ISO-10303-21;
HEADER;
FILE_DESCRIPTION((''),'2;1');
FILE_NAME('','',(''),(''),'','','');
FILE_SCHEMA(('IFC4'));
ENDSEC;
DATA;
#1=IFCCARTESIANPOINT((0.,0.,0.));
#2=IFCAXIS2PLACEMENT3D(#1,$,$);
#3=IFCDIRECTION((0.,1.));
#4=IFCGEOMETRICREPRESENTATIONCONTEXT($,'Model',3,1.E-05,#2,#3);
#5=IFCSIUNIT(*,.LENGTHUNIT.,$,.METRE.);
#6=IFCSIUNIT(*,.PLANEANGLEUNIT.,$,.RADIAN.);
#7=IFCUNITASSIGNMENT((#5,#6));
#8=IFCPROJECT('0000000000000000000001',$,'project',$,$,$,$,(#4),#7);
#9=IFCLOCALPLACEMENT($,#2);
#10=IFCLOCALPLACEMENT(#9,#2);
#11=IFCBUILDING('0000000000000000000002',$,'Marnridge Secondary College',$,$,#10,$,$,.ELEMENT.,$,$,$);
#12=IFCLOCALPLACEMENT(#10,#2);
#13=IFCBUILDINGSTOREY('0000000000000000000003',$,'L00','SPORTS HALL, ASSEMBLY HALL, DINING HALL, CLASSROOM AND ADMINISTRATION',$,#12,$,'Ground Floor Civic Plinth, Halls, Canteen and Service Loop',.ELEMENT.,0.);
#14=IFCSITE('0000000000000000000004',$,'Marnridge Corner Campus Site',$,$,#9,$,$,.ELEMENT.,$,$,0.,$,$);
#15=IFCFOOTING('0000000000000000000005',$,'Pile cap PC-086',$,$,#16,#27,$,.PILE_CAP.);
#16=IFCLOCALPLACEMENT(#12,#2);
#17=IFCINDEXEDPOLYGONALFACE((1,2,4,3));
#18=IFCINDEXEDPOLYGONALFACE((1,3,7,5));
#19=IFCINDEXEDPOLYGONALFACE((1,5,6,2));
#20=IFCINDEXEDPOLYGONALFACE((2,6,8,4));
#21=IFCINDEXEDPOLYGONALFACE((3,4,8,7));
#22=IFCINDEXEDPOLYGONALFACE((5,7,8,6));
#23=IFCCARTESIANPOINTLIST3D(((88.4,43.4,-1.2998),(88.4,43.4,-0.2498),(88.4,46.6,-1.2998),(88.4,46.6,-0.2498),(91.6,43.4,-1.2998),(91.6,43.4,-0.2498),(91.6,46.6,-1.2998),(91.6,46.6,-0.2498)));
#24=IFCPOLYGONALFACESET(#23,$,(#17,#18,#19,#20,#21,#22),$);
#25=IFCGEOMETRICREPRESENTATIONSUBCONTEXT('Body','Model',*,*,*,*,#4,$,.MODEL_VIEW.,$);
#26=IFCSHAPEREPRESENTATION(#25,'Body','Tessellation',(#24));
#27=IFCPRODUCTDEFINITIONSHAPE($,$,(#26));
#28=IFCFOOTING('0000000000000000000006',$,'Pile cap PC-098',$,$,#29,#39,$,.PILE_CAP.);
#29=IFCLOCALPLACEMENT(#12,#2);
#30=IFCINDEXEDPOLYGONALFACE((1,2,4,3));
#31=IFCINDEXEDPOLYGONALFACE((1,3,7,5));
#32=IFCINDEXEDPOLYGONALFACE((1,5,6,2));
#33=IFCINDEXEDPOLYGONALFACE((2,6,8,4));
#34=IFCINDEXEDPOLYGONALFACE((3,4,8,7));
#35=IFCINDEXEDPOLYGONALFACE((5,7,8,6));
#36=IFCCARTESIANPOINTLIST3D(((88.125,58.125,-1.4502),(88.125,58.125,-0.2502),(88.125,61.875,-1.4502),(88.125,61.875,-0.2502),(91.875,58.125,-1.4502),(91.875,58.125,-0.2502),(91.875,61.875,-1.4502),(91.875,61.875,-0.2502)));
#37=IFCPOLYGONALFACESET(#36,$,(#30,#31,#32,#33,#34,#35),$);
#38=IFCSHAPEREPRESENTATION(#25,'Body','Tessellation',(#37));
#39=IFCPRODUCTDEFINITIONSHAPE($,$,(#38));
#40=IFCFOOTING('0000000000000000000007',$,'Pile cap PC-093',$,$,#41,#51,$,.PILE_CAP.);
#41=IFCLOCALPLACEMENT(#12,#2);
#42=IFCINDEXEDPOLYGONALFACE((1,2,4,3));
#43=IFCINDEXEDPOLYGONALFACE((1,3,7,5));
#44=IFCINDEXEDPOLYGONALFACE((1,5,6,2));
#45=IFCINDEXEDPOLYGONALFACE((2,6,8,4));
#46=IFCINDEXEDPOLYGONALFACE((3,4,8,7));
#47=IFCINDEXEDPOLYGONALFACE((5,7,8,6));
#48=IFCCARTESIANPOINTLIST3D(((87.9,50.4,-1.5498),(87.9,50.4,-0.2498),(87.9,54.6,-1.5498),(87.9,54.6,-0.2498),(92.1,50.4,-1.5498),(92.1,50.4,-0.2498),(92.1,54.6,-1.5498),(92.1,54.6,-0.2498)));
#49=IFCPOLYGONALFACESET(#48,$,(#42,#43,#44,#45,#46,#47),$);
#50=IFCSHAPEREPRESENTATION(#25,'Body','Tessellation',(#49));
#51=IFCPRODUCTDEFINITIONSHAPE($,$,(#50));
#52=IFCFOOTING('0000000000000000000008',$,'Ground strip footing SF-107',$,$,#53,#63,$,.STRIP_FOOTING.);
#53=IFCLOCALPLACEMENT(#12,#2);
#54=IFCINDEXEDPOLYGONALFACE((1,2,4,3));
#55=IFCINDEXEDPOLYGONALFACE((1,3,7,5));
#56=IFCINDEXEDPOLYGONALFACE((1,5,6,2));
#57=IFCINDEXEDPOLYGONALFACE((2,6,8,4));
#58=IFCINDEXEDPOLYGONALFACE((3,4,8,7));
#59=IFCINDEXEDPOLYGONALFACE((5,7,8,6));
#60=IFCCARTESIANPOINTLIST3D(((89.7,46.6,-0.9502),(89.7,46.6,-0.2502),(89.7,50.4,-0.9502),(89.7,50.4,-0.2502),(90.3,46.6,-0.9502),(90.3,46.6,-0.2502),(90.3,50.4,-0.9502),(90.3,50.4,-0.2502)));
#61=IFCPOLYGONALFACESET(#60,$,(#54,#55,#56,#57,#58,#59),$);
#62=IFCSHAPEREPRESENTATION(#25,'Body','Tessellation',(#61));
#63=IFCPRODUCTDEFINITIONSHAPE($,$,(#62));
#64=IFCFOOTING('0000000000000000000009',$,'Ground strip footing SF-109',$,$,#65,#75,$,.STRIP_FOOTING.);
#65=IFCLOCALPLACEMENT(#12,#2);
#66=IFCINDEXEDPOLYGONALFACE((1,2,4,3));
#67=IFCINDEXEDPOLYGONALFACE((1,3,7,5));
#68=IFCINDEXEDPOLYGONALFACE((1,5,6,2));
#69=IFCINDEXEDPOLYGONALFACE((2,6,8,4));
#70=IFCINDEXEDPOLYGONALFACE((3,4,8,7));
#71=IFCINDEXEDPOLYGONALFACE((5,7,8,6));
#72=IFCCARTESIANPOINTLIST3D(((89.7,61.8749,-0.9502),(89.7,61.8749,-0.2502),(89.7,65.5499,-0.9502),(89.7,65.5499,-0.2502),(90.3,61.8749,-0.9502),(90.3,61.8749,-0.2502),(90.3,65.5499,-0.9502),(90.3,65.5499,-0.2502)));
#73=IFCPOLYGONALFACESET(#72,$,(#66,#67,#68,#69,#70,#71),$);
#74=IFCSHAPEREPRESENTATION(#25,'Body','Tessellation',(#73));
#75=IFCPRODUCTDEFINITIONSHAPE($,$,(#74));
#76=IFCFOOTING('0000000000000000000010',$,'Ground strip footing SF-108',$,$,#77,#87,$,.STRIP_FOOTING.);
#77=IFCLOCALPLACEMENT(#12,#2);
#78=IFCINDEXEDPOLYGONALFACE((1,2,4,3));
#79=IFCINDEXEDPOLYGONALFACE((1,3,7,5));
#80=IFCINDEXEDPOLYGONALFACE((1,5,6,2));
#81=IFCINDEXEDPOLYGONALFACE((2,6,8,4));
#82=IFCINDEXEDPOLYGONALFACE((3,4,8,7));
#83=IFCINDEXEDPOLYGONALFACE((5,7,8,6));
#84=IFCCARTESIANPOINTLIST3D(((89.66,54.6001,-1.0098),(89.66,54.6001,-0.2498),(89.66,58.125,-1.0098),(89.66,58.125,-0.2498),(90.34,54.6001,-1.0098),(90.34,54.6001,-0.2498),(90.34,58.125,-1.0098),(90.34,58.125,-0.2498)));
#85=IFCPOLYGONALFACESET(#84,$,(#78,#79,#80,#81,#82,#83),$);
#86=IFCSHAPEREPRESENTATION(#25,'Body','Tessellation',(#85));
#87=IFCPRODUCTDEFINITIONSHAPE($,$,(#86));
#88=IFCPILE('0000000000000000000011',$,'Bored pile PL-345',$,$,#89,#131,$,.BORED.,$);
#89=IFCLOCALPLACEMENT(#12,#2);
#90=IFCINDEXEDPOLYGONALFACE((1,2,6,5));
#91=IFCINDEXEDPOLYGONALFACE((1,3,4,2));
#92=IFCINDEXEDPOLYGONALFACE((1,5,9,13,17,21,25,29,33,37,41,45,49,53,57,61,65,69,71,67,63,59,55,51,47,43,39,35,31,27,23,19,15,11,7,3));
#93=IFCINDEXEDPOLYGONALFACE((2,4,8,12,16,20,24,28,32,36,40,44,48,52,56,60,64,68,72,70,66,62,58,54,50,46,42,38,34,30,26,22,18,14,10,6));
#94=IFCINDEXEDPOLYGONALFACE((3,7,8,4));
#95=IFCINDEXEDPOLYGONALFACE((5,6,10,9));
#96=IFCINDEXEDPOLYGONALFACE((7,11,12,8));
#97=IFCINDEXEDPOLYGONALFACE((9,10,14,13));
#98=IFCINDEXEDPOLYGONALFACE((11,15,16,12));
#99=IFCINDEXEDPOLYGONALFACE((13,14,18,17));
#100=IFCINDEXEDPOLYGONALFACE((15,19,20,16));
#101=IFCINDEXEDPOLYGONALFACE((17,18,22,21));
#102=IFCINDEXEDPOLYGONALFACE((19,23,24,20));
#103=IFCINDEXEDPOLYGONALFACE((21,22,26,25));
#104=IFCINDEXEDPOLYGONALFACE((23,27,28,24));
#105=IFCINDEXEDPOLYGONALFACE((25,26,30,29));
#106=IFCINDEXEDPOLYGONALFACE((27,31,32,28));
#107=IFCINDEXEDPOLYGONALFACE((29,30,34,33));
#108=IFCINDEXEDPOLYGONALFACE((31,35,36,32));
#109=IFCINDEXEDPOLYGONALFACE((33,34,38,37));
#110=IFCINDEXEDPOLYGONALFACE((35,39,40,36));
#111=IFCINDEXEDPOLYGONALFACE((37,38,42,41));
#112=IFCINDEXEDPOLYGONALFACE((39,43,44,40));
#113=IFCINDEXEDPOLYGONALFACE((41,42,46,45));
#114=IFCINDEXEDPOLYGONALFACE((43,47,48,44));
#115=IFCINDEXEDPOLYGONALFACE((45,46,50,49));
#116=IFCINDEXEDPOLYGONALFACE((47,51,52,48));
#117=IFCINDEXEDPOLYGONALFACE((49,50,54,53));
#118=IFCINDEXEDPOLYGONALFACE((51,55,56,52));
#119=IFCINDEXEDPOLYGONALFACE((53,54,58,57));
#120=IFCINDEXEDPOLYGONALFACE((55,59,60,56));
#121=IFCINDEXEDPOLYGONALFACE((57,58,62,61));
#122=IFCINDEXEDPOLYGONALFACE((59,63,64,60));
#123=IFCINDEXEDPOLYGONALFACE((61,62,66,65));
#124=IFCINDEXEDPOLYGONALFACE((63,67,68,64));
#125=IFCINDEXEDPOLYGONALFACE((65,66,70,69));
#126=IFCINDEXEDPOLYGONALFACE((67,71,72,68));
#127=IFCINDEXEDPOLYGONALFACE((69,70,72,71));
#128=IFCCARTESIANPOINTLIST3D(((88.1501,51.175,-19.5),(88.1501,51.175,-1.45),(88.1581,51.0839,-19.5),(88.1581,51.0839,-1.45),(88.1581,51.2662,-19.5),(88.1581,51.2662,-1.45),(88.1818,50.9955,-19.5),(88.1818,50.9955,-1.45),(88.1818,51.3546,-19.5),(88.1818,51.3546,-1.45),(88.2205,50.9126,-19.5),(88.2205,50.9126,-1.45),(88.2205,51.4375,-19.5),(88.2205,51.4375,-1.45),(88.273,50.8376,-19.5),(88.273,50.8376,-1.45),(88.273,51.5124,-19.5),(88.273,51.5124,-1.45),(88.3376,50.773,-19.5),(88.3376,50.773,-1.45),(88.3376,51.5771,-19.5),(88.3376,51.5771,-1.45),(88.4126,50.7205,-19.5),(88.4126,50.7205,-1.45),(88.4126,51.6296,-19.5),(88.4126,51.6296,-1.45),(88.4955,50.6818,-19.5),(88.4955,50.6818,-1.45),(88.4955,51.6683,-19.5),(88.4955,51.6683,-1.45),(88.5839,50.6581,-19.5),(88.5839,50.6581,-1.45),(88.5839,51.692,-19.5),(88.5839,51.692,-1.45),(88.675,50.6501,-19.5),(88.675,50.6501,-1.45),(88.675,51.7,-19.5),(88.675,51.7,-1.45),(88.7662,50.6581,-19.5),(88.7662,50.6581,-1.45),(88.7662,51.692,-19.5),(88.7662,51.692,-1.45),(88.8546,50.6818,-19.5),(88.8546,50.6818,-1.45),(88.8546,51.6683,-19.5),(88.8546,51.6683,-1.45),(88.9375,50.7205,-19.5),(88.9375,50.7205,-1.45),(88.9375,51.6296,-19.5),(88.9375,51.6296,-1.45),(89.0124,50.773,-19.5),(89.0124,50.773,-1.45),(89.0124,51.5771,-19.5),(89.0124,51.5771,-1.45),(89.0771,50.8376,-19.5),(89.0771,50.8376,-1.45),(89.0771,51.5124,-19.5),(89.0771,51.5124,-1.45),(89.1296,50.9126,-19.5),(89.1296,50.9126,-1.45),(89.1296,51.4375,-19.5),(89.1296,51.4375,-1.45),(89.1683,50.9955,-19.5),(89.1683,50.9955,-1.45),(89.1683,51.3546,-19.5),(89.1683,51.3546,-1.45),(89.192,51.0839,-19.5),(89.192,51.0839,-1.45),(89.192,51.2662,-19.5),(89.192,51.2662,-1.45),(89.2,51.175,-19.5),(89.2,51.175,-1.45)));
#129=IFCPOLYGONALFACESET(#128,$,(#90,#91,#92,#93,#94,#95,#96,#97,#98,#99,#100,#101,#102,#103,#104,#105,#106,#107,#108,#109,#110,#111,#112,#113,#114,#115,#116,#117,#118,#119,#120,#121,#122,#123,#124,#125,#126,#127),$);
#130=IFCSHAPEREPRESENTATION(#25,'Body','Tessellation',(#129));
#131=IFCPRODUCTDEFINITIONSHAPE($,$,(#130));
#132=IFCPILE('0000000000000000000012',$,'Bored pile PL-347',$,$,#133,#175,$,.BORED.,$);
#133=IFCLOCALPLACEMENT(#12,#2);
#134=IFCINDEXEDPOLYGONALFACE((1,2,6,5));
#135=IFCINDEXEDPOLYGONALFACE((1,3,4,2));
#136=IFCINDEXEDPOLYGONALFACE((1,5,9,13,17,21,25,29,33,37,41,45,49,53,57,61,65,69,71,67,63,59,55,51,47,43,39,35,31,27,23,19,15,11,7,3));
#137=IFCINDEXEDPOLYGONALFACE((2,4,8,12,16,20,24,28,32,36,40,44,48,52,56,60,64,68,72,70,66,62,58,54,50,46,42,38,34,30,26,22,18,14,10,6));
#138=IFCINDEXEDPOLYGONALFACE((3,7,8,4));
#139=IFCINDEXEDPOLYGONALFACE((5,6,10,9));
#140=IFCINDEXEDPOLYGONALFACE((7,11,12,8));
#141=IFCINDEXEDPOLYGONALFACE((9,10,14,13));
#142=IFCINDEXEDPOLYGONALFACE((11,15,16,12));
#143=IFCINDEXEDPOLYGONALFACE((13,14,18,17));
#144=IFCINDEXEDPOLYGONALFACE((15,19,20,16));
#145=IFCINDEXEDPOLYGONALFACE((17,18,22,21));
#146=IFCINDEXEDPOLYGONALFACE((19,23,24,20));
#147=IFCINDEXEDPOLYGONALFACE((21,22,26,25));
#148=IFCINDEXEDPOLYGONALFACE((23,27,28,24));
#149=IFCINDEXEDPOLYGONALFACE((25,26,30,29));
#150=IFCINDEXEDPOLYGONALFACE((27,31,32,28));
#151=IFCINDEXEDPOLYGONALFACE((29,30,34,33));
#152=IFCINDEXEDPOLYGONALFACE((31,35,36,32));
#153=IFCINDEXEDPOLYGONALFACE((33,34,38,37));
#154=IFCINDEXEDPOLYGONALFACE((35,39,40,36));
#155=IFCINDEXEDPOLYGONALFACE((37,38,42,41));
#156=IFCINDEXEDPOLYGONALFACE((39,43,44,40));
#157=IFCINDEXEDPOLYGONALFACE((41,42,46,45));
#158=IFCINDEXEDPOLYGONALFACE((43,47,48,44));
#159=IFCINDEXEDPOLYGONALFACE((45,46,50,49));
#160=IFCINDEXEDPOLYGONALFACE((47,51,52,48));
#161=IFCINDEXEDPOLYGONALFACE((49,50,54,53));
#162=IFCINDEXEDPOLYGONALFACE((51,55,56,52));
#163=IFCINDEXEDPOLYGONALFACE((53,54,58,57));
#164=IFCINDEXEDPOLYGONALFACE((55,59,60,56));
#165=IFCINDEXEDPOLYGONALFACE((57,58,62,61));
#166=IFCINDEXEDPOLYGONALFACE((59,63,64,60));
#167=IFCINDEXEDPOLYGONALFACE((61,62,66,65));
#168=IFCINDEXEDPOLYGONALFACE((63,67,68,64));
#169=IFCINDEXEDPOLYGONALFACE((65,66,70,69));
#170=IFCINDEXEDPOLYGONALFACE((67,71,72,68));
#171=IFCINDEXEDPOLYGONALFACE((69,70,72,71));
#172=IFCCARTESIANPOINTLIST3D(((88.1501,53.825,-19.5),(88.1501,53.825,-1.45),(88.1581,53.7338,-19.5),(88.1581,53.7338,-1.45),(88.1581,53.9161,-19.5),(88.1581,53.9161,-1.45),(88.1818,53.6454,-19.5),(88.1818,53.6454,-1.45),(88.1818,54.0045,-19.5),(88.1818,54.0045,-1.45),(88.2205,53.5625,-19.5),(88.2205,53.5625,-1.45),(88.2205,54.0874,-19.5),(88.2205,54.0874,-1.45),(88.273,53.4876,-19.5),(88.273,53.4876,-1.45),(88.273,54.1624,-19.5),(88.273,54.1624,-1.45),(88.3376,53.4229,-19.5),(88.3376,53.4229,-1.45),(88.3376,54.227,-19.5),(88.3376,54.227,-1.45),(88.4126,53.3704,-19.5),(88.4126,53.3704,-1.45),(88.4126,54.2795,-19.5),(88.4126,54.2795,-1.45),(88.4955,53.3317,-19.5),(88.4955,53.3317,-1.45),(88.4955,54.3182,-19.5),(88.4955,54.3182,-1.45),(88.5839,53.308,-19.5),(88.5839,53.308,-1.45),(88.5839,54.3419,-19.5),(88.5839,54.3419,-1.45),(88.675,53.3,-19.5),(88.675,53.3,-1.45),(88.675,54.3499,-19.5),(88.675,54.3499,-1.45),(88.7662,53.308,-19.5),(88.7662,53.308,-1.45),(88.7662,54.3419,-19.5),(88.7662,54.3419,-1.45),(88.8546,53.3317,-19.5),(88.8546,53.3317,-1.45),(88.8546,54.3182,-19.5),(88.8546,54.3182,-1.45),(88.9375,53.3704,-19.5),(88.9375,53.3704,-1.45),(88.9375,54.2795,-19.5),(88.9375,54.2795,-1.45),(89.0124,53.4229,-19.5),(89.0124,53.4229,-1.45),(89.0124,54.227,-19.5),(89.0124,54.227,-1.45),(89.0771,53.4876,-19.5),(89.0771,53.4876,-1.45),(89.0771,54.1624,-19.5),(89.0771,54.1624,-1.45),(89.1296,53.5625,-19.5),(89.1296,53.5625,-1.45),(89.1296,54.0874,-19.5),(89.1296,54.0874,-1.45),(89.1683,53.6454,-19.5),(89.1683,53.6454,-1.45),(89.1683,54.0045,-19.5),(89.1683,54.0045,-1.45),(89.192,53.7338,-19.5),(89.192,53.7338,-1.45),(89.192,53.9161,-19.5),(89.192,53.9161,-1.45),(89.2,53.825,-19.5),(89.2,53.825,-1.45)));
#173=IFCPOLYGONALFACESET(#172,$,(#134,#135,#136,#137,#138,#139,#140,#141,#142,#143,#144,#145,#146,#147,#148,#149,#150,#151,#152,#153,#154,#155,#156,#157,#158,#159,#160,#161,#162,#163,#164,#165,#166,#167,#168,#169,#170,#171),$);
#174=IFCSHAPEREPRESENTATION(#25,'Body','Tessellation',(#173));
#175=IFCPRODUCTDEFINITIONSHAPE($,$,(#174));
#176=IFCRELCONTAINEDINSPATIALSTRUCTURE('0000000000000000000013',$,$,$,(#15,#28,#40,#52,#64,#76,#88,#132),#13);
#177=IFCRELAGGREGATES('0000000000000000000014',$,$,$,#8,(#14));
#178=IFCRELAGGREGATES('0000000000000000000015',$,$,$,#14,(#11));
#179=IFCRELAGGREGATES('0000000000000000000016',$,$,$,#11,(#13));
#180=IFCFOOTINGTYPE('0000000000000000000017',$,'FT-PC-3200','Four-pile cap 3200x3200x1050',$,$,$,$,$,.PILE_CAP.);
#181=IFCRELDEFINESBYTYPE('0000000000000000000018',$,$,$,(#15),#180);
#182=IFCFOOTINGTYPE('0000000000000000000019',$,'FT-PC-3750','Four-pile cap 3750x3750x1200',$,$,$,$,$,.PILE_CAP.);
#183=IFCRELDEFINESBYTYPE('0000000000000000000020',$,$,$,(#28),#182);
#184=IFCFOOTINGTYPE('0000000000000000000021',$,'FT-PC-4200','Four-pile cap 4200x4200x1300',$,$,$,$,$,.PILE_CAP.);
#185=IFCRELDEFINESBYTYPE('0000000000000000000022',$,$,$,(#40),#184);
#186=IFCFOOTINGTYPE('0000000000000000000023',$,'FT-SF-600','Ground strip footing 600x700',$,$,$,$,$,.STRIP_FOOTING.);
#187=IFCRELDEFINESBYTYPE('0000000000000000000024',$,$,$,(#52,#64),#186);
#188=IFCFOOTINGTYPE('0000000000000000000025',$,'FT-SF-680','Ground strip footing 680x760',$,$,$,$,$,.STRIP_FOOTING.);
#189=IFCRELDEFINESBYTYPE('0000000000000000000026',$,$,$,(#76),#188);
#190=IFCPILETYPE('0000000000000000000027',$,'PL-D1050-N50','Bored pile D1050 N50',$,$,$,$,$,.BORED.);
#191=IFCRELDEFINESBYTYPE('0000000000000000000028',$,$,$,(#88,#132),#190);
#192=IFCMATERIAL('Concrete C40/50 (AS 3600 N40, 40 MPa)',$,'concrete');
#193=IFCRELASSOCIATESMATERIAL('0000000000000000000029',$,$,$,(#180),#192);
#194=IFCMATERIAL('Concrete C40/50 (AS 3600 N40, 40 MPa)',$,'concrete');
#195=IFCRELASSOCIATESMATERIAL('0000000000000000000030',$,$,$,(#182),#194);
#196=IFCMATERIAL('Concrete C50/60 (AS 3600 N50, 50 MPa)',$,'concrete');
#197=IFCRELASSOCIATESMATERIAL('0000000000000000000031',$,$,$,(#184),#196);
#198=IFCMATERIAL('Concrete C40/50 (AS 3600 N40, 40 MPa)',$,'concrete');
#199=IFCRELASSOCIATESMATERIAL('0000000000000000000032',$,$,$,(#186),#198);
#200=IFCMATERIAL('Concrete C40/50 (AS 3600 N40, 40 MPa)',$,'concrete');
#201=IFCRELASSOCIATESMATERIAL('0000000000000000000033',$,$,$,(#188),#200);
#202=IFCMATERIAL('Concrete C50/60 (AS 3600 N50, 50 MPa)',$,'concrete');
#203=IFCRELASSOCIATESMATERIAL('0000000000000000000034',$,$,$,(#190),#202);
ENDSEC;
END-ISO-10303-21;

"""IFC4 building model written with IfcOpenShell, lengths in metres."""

from ifc_helpers import new_model, si_unit, direction, frame, origin, origin_2d, place, context, subcontext, project, spatial, rectangle, circle, extrude, material, material_profile, profile_set, type_object, element, save


model = new_model("IFC4")

# Units and contexts
model_context = context("Model", 3, precision=1e-05, world=origin(), true_north=direction((0.0, 1.0)))
body_context = subcontext(model_context, "Body", "Model", "MODEL_VIEW")
ifc_project = project(units=[si_unit("LENGTHUNIT", "METRE"), si_unit("PLANEANGLEUNIT", "RADIAN")], contexts=[model_context])

# Site, building, storey
site_placement = place(None, origin())
site = spatial("IfcSite", under=ifc_project, at=site_placement, Name="Marnridge Corner Campus Site", CompositionType="ELEMENT", RefElevation=0.0)
building_placement = place(site_placement, origin())
building = spatial("IfcBuilding", under=site, at=building_placement, Name="Marnridge Secondary College", CompositionType="ELEMENT")
storey_placement = place(building_placement, origin())
storey = spatial("IfcBuildingStorey", under=building, at=storey_placement, Name="L00", Description="SPORTS HALL, ASSEMBLY HALL, DINING HALL, CLASSROOM AND ADMINISTRATION", LongName="Ground Floor Civic Plinth, Halls, Canteen and Service Loop", CompositionType="ELEMENT", Elevation=0.0)

# Footings
ifc_material_1 = material(Name="Concrete C40/50 (AS 3600 N40, 40 MPa)", Category="concrete")
footing_type_1 = type_object("IfcFootingType", Name="FT-PC-3200", Description="Four-pile cap 3200x3200x1050", PredefinedType="PILE_CAP", material=ifc_material_1)
footing_1_placement = place(storey_placement, frame((90.0, 45.0, -1.2998), z_axis=(0.0, 0.0, 1.0), x_axis=(1.0, 0.0, 0.0)))
element("IfcFooting", 1, at=footing_1_placement, inside=storey, type_object=footing_type_1, Name="Pile cap PC-086", PredefinedType="PILE_CAP", context=body_context, shape_type="SweptSolid", body=[
    extrude(rectangle(XDim=3.2, YDim=3.2, at=origin_2d()), origin(), (0.0, 0.0, 1.0), 1.05),
])
ifc_material_2 = material(Name="Concrete C40/50 (AS 3600 N40, 40 MPa)", Category="concrete")
footing_type_2 = type_object("IfcFootingType", Name="FT-PC-3750", Description="Four-pile cap 3750x3750x1200", PredefinedType="PILE_CAP", material=ifc_material_2)
footing_2_placement = place(storey_placement, frame((90.0, 60.0, -1.4502), z_axis=(0.0, 0.0, 1.0), x_axis=(1.0, 0.0, 0.0)))
element("IfcFooting", 2, at=footing_2_placement, inside=storey, type_object=footing_type_2, Name="Pile cap PC-098", PredefinedType="PILE_CAP", context=body_context, shape_type="SweptSolid", body=[
    extrude(rectangle(XDim=3.75, YDim=3.75, at=origin_2d()), origin(), (0.0, 0.0, 1.0), 1.2),
])
ifc_material_3 = material(Name="Concrete C50/60 (AS 3600 N50, 50 MPa)", Category="concrete")
footing_type_3 = type_object("IfcFootingType", Name="FT-PC-4200", Description="Four-pile cap 4200x4200x1300", PredefinedType="PILE_CAP", material=ifc_material_3)
footing_3_placement = place(storey_placement, frame((90.0, 52.5, -1.5498), z_axis=(0.0, 0.0, 1.0), x_axis=(1.0, 0.0, 0.0)))
element("IfcFooting", 3, at=footing_3_placement, inside=storey, type_object=footing_type_3, Name="Pile cap PC-093", PredefinedType="PILE_CAP", context=body_context, shape_type="SweptSolid", body=[
    extrude(rectangle(XDim=4.2, YDim=4.2, at=origin_2d()), origin(), (0.0, 0.0, 1.0), 1.3),
])
ifc_material_4 = material(Name="Concrete C40/50 (AS 3600 N40, 40 MPa)", Category="concrete")
footing_type_4 = type_object("IfcFootingType", Name="FT-SF-600", Description="Ground strip footing 600x700", PredefinedType="STRIP_FOOTING", material=ifc_material_4)
footing_4_placement = place(storey_placement, frame((90.0, 48.5, -0.9502), z_axis=(0.0, 0.0, 1.0), x_axis=(1.0, 0.0, 0.0)))
element("IfcFooting", 4, at=footing_4_placement, inside=storey, type_object=footing_type_4, Name="Ground strip footing SF-107", PredefinedType="STRIP_FOOTING", context=body_context, shape_type="SweptSolid", body=[
    extrude(rectangle(XDim=0.6001, YDim=3.8, at=origin_2d()), origin(), (0.0, 0.0, 1.0), 0.7),
])
footing_5_placement = place(storey_placement, frame((90.0, 63.7124, -0.9502), z_axis=(0.0, 0.0, 1.0), x_axis=(1.0, 0.0, 0.0)))
element("IfcFooting", 5, at=footing_5_placement, inside=storey, type_object=footing_type_4, Name="Ground strip footing SF-109", PredefinedType="STRIP_FOOTING", context=body_context, shape_type="SweptSolid", body=[
    extrude(rectangle(XDim=0.6001, YDim=3.675, at=origin_2d()), origin(), (0.0, 0.0, 1.0), 0.7),
])
ifc_material_5 = material(Name="Concrete C40/50 (AS 3600 N40, 40 MPa)", Category="concrete")
footing_type_5 = type_object("IfcFootingType", Name="FT-SF-680", Description="Ground strip footing 680x760", PredefinedType="STRIP_FOOTING", material=ifc_material_5)
footing_6_placement = place(storey_placement, frame((90.0, 56.3625, -1.0098), z_axis=(0.0, 0.0, 1.0), x_axis=(1.0, 0.0, 0.0)))
element("IfcFooting", 6, at=footing_6_placement, inside=storey, type_object=footing_type_5, Name="Ground strip footing SF-108", PredefinedType="STRIP_FOOTING", context=body_context, shape_type="SweptSolid", body=[
    extrude(rectangle(XDim=0.6799, YDim=3.5249, at=origin_2d()), origin(), (0.0, 0.0, 1.0), 0.76),
])

# Piles
ifc_material_6 = material(Name="Concrete C50/60 (AS 3600 N50, 50 MPa)", Category="concrete")
ifc_material_profile_1 = material_profile(ifc_material_6, circle(Radius=0.5249, at=origin_2d()), Name="PILE D1050")
ifc_profile_set_1 = profile_set([ifc_material_profile_1], Name="Concrete C50/60 (AS 3600 N50, 50 MPa)")
pile_type_1 = type_object("IfcPileType", Name="PL-D1050-N50", Description="Bored pile D1050 N50", PredefinedType="BORED", material=ifc_profile_set_1)
for number, where, z_axis, x_axis, name in (
    (7, (88.675, 51.175, -1.45), (0.0, 0.0, -1.0), (1.0, 0.0, 0.0), "Bored pile PL-345"),
    (8, (88.675, 53.825, -1.45), (0.0, 0.0, -1.0), (1.0, 0.0, 0.0), "Bored pile PL-347"),
):
    element("IfcPile", number, at=place(storey_placement, frame(where, z_axis=z_axis, x_axis=x_axis)), inside=storey, type_object=pile_type_1, Name=name, PredefinedType="BORED", context=body_context, shape_type="SweptSolid", body=[
        extrude(circle(Radius=0.5249, at=origin_2d()), origin(), (0.0, 0.0, 1.0), 18.05),
    ])

save(model, "model.ifc")
